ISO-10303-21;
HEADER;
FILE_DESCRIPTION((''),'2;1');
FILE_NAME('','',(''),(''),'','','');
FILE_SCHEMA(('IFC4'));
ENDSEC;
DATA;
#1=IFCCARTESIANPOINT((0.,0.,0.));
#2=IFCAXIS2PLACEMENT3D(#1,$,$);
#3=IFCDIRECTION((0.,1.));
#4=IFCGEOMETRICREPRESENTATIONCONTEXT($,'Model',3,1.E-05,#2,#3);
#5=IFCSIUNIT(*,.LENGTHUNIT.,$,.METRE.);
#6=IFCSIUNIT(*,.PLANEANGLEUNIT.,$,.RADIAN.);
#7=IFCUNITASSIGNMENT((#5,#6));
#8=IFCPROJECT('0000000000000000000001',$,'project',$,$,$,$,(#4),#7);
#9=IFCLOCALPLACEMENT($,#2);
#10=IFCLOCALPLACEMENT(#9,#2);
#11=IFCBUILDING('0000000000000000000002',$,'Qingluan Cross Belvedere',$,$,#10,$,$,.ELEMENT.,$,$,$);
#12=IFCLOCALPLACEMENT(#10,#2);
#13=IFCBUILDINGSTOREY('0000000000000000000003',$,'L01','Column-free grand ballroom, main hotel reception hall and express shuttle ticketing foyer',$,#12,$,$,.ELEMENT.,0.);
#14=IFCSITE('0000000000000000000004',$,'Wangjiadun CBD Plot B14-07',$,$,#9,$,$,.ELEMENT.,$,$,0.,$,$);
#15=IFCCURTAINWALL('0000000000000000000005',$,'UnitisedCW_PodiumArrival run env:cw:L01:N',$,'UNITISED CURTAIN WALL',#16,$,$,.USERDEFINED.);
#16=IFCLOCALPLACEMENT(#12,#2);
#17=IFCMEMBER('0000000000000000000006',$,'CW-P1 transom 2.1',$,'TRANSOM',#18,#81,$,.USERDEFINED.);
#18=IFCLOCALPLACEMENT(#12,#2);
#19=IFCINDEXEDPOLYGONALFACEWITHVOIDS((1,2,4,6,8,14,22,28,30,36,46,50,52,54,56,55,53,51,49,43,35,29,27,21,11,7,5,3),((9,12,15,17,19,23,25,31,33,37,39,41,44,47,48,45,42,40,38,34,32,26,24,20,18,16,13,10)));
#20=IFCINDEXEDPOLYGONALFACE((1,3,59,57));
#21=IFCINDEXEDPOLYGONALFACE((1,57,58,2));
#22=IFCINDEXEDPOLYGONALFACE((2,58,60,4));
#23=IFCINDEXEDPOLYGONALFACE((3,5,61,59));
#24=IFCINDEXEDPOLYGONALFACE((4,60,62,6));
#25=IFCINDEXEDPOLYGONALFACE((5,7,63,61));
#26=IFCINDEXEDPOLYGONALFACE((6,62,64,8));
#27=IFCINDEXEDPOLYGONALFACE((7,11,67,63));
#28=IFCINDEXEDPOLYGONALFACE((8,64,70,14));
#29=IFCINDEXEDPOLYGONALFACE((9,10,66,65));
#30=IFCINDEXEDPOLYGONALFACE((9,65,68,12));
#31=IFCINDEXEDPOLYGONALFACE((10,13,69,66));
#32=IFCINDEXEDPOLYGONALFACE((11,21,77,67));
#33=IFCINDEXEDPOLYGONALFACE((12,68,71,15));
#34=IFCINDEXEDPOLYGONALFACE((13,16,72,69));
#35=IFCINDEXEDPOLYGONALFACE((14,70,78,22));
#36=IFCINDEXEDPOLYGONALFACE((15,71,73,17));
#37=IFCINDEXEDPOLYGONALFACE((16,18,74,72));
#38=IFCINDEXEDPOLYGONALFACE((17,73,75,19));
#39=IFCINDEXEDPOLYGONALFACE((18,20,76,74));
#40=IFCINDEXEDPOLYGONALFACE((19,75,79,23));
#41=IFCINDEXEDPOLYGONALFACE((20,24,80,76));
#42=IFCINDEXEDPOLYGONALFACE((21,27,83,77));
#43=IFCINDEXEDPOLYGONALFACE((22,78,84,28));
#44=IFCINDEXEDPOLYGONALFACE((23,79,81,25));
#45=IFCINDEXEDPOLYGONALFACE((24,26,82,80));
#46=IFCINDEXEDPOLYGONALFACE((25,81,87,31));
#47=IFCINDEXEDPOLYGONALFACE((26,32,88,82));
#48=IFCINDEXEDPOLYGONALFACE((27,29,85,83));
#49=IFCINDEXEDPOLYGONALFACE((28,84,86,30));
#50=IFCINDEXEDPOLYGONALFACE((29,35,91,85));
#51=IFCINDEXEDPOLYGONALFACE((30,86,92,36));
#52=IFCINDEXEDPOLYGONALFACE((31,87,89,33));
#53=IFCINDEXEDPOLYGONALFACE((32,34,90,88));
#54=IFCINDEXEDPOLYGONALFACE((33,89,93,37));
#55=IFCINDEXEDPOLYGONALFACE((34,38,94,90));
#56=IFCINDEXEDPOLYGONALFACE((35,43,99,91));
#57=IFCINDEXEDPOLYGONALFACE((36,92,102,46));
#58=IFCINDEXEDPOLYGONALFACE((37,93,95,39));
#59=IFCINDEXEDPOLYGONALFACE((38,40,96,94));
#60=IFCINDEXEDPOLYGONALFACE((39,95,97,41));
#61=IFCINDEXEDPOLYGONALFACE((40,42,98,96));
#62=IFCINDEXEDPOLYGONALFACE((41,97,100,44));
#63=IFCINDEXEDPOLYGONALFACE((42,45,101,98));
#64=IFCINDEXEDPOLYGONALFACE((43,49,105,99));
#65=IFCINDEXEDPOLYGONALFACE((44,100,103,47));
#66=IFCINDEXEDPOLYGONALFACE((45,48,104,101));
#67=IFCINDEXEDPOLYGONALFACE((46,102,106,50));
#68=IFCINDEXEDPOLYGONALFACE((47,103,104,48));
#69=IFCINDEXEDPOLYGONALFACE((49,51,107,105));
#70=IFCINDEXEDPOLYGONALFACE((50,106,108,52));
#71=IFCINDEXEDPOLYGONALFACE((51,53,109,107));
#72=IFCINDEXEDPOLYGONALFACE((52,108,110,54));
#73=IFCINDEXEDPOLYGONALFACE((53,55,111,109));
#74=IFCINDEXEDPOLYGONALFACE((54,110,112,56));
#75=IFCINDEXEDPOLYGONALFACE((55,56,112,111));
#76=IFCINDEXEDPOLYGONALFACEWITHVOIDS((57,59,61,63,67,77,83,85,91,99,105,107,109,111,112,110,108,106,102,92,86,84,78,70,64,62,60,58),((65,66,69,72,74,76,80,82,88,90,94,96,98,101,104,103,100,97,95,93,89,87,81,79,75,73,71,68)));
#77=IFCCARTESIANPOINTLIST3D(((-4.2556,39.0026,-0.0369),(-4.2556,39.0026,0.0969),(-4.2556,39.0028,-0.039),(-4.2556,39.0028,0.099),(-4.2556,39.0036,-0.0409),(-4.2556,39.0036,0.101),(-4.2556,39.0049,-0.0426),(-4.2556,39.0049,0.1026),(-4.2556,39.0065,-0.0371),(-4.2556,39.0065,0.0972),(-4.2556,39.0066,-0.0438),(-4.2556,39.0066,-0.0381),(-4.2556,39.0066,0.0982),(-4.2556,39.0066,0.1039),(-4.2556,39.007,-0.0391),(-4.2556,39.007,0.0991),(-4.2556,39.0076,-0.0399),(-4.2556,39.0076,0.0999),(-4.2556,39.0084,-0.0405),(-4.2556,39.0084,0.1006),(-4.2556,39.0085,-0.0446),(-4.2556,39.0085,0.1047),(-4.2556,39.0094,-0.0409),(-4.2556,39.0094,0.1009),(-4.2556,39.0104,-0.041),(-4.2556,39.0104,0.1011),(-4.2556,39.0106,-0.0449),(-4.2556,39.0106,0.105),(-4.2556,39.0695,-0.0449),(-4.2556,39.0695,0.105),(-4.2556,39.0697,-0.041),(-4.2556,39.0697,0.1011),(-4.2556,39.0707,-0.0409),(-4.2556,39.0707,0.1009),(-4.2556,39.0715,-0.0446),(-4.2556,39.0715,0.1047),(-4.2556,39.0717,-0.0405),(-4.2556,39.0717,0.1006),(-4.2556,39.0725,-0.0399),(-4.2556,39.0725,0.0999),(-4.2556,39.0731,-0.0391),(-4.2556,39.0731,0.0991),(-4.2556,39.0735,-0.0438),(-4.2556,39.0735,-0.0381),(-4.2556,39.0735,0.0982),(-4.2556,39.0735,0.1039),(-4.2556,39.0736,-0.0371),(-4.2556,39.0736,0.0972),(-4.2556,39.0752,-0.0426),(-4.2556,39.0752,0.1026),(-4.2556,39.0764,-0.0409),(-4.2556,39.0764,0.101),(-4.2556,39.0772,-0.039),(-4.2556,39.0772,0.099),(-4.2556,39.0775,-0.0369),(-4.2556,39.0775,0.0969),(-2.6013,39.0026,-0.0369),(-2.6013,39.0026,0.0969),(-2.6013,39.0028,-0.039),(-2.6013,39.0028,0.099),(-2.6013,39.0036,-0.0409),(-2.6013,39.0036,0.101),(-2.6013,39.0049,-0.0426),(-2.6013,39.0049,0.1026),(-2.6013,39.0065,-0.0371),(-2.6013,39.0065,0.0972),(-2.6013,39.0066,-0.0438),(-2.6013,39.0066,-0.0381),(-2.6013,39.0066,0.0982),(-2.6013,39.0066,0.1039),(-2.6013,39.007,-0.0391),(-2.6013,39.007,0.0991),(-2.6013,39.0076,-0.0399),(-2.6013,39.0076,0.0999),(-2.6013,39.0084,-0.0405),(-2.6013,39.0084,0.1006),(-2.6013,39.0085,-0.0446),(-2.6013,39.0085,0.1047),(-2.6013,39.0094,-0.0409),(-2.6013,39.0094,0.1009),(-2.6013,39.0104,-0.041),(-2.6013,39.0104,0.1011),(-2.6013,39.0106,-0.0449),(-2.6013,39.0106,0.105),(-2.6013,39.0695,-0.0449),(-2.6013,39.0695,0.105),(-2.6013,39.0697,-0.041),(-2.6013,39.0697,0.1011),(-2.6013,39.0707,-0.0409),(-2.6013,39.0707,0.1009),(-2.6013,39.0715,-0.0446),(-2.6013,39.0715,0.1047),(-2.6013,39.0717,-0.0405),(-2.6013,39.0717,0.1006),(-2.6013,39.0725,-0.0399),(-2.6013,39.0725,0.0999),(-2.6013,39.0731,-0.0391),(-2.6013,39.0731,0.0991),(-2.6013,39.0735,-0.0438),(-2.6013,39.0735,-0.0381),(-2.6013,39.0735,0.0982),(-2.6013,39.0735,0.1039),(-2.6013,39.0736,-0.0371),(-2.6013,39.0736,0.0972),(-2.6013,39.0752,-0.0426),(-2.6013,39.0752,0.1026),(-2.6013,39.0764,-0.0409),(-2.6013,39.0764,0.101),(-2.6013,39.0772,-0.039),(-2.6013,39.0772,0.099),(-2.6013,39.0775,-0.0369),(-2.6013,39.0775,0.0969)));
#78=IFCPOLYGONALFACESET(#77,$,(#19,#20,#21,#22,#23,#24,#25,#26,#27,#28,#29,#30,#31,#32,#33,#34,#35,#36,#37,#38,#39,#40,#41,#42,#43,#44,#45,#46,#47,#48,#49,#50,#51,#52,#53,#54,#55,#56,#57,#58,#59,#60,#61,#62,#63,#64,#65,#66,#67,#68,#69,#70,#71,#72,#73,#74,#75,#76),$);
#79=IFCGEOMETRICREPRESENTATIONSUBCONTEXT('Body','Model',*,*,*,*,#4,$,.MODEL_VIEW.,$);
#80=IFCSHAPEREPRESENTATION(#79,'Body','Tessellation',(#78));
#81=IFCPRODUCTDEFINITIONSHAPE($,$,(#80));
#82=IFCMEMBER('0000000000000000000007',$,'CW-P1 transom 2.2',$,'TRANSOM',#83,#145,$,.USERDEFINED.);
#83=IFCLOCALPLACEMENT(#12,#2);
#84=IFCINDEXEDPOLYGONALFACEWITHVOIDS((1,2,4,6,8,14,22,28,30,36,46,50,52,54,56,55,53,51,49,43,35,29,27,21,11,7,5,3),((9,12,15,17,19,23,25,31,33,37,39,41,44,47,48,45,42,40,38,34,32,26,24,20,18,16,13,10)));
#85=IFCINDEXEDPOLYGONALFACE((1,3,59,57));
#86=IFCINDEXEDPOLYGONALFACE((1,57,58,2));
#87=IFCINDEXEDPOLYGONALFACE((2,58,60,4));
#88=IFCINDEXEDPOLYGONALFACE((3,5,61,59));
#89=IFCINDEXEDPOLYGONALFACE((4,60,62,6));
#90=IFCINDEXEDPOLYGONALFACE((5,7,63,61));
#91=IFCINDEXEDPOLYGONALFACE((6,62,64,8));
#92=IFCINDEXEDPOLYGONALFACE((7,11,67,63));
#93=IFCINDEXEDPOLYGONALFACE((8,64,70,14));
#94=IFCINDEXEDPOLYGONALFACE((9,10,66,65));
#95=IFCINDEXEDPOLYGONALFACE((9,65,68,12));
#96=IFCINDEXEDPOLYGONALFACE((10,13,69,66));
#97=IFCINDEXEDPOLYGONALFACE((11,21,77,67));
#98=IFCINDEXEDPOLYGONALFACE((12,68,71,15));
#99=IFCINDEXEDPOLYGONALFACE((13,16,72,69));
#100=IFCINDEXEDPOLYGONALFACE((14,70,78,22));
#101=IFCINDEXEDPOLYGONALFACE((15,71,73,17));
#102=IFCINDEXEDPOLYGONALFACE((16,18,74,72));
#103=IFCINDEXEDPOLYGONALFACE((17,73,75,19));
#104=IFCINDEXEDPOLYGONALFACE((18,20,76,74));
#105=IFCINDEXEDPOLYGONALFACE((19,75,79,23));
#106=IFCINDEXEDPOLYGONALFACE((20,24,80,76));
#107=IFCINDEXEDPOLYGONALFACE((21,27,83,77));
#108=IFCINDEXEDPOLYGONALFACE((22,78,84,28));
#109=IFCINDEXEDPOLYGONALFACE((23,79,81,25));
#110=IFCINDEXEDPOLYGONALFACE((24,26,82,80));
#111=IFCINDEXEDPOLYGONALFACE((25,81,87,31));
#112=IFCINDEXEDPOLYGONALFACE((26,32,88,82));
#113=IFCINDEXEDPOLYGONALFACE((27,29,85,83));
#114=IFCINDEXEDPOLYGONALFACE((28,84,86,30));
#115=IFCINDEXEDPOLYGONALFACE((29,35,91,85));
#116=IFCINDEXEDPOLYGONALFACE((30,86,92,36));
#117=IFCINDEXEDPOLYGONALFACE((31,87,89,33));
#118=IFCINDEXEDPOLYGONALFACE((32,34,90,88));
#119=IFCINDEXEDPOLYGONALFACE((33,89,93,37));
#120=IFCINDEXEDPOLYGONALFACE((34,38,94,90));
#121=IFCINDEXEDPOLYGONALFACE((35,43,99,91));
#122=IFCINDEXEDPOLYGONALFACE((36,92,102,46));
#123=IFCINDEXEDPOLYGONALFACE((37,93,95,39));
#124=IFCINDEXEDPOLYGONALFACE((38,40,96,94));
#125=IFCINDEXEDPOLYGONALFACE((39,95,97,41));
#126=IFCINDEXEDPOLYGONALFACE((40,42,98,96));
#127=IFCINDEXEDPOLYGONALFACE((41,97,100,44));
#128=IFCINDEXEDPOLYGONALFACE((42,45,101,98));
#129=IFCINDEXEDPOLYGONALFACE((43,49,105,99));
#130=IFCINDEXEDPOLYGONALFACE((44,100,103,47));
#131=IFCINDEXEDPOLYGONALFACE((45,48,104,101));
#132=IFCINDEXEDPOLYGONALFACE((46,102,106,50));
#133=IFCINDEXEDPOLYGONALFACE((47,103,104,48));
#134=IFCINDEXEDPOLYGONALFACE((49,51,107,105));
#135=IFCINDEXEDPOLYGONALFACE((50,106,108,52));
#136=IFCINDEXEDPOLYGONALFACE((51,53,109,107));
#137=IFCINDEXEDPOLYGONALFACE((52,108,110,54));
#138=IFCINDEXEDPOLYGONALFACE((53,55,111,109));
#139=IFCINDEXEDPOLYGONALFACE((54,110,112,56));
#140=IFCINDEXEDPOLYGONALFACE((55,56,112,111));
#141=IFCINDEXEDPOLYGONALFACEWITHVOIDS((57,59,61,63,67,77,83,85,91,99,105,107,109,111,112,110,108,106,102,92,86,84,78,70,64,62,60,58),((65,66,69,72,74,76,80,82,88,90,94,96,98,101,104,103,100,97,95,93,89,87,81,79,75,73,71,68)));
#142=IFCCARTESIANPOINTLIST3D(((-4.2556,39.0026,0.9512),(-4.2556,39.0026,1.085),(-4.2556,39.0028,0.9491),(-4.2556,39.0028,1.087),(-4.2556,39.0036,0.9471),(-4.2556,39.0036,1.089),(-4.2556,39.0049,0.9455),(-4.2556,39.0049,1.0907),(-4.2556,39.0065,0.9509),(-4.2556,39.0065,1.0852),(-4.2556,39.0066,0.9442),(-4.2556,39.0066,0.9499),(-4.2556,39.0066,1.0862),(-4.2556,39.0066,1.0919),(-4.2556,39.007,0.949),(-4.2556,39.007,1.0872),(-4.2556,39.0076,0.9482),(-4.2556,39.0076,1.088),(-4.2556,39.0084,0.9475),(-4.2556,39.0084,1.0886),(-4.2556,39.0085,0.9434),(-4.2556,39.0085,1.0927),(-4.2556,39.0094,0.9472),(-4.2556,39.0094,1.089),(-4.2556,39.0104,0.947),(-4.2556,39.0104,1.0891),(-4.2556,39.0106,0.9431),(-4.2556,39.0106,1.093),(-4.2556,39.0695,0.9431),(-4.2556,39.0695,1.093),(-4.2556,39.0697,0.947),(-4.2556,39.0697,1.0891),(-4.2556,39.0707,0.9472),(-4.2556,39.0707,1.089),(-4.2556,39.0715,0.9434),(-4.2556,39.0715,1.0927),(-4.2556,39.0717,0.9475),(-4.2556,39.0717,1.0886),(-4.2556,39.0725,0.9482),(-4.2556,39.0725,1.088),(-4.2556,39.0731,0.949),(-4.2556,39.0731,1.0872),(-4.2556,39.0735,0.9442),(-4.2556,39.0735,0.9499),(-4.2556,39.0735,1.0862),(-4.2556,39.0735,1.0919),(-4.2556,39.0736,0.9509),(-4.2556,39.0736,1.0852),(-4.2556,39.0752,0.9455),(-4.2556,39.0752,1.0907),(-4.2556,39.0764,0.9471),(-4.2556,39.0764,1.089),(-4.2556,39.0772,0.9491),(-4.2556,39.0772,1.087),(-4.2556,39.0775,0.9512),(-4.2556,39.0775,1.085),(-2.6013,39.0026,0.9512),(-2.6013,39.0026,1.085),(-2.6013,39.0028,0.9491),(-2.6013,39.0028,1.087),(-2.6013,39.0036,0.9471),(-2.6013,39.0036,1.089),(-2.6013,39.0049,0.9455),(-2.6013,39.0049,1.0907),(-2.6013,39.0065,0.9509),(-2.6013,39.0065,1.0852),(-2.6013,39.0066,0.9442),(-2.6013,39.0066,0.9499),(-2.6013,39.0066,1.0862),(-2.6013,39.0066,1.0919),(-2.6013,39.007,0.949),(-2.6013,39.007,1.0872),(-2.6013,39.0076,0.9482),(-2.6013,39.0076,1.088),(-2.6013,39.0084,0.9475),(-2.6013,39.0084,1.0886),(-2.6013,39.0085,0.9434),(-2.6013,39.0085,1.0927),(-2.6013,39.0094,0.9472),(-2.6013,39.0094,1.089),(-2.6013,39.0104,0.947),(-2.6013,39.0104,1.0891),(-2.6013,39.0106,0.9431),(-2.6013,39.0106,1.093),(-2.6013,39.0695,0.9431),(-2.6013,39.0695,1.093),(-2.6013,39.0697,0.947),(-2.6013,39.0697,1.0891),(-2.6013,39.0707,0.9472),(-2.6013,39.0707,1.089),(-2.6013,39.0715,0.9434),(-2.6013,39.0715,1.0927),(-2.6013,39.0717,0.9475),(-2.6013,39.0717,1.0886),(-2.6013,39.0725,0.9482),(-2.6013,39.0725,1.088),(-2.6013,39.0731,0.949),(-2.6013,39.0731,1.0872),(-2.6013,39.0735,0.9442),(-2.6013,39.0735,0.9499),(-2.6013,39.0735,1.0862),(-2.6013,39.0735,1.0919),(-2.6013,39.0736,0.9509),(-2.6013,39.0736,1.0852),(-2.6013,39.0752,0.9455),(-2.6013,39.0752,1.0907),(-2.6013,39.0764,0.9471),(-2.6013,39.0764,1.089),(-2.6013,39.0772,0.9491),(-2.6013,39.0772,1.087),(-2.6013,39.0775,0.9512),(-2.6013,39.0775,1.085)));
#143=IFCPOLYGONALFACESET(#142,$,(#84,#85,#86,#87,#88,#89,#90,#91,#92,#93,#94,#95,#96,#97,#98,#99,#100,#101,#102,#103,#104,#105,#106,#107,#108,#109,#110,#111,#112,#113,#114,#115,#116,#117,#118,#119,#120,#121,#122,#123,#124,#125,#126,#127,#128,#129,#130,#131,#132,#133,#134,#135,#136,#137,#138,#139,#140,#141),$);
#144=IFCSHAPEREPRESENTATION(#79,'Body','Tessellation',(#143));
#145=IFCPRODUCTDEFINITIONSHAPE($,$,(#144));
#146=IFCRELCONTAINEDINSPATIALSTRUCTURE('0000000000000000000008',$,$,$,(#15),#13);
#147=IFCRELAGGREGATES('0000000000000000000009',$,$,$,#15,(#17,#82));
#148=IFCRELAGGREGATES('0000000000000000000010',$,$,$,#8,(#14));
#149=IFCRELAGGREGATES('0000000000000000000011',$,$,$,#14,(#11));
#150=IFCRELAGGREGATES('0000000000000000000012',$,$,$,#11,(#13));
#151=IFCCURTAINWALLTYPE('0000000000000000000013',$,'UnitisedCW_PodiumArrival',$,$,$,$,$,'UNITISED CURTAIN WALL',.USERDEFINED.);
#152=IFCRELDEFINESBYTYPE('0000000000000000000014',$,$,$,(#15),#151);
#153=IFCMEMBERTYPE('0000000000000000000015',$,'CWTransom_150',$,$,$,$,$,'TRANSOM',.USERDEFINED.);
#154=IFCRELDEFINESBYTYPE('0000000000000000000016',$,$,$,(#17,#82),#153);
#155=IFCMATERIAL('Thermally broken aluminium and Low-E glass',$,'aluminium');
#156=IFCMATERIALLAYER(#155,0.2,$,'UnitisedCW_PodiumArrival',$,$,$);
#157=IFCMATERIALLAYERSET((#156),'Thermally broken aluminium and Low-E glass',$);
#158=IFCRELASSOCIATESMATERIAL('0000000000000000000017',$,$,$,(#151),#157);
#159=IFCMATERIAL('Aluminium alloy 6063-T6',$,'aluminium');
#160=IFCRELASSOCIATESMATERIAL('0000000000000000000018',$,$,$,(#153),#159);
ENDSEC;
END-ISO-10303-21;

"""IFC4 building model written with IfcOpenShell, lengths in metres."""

from ifc_helpers import new_model, si_unit, direction, frame, origin, origin_2d, place, context, subcontext, project, spatial, hollow_rectangle, extrude, material, layer, layer_set, material_profile, profile_set, type_object, element, aggregate, save


model = new_model("IFC4")

# Units and contexts
model_context = context("Model", 3, precision=1e-05, world=origin(), true_north=direction((0.0, 1.0)))
body_context = subcontext(model_context, "Body", "Model", "MODEL_VIEW")
ifc_project = project(units=[si_unit("LENGTHUNIT", "METRE"), si_unit("PLANEANGLEUNIT", "RADIAN")], contexts=[model_context])

# Site, building, storey
site_placement = place(None, origin())
site = spatial("IfcSite", under=ifc_project, at=site_placement, Name="Wangjiadun CBD Plot B14-07", CompositionType="ELEMENT", RefElevation=0.0)
building_placement = place(site_placement, origin())
building = spatial("IfcBuilding", under=site, at=building_placement, Name="Qingluan Cross Belvedere", CompositionType="ELEMENT")
storey_placement = place(building_placement, origin())
storey = spatial("IfcBuildingStorey", under=building, at=storey_placement, Name="L01", Description="Column-free grand ballroom, main hotel reception hall and express shuttle ticketing foyer", CompositionType="ELEMENT", Elevation=0.0)

# Curtain wall, members
ifc_material_1 = material(Name="Thermally broken aluminium and Low-E glass", Category="aluminium")
ifc_layer_1 = layer(ifc_material_1, 0.2, Name="UnitisedCW_PodiumArrival")
ifc_layer_set_1 = layer_set([ifc_layer_1], Name="Thermally broken aluminium and Low-E glass")
curtain_wall_type = type_object("IfcCurtainWallType", Name="UnitisedCW_PodiumArrival", ElementType="UNITISED CURTAIN WALL", PredefinedType="USERDEFINED", material=ifc_layer_set_1)
curtain_wall_placement = place(storey_placement, origin())
curtain_wall = element("IfcCurtainWall", 1, at=curtain_wall_placement, inside=storey, type_object=curtain_wall_type, Name="UnitisedCW_PodiumArrival run env:cw:L01:N", ObjectType="UNITISED CURTAIN WALL", PredefinedType="USERDEFINED")
ifc_material_2 = material(Name="Aluminium alloy 6063-T6", Category="aluminium")
ifc_material_profile_1 = material_profile(ifc_material_2, hollow_rectangle(XDim=0.075, YDim=0.1499, WallThickness=0.0039, InnerFilletRadius=0.0039, OuterFilletRadius=0.0081, at=origin_2d()), Name="CWT150x75x4")
ifc_profile_set_1 = profile_set([ifc_material_profile_1], Name="Aluminium alloy 6063-T6")
member_type_1 = type_object("IfcMemberType", Name="CWTransom_150", ElementType="TRANSOM", PredefinedType="USERDEFINED", material=ifc_profile_set_1)
member_1_placement = place(storey_placement, frame((-4.2556, 39.04, 0.03), z_axis=(1.0, 0.0, 0.0), x_axis=(0.0, 1.0, 0.0)))
member_1 = element("IfcMember", 2, at=member_1_placement, type_object=member_type_1, Name="CW-P1 transom 2.1", ObjectType="TRANSOM", PredefinedType="USERDEFINED", context=body_context, shape_type="SweptSolid", body=[
    extrude(hollow_rectangle(XDim=0.075, YDim=0.1499, WallThickness=0.0039, InnerFilletRadius=0.0039, OuterFilletRadius=0.0081, at=origin_2d()), origin(), (0.0, 0.0, 1.0), 1.6543),
])
member_2_placement = place(storey_placement, frame((-4.2556, 39.04, 1.0181), z_axis=(1.0, 0.0, 0.0), x_axis=(0.0, 1.0, 0.0)))
member_2 = element("IfcMember", 3, at=member_2_placement, type_object=member_type_1, Name="CW-P1 transom 2.2", ObjectType="TRANSOM", PredefinedType="USERDEFINED", context=body_context, shape_type="SweptSolid", body=[
    extrude(hollow_rectangle(XDim=0.075, YDim=0.1499, WallThickness=0.0039, InnerFilletRadius=0.0039, OuterFilletRadius=0.0081, at=origin_2d()), origin(), (0.0, 0.0, 1.0), 1.6543),
])

aggregate(curtain_wall, [member_1, member_2])

save(model, "model.ifc")
